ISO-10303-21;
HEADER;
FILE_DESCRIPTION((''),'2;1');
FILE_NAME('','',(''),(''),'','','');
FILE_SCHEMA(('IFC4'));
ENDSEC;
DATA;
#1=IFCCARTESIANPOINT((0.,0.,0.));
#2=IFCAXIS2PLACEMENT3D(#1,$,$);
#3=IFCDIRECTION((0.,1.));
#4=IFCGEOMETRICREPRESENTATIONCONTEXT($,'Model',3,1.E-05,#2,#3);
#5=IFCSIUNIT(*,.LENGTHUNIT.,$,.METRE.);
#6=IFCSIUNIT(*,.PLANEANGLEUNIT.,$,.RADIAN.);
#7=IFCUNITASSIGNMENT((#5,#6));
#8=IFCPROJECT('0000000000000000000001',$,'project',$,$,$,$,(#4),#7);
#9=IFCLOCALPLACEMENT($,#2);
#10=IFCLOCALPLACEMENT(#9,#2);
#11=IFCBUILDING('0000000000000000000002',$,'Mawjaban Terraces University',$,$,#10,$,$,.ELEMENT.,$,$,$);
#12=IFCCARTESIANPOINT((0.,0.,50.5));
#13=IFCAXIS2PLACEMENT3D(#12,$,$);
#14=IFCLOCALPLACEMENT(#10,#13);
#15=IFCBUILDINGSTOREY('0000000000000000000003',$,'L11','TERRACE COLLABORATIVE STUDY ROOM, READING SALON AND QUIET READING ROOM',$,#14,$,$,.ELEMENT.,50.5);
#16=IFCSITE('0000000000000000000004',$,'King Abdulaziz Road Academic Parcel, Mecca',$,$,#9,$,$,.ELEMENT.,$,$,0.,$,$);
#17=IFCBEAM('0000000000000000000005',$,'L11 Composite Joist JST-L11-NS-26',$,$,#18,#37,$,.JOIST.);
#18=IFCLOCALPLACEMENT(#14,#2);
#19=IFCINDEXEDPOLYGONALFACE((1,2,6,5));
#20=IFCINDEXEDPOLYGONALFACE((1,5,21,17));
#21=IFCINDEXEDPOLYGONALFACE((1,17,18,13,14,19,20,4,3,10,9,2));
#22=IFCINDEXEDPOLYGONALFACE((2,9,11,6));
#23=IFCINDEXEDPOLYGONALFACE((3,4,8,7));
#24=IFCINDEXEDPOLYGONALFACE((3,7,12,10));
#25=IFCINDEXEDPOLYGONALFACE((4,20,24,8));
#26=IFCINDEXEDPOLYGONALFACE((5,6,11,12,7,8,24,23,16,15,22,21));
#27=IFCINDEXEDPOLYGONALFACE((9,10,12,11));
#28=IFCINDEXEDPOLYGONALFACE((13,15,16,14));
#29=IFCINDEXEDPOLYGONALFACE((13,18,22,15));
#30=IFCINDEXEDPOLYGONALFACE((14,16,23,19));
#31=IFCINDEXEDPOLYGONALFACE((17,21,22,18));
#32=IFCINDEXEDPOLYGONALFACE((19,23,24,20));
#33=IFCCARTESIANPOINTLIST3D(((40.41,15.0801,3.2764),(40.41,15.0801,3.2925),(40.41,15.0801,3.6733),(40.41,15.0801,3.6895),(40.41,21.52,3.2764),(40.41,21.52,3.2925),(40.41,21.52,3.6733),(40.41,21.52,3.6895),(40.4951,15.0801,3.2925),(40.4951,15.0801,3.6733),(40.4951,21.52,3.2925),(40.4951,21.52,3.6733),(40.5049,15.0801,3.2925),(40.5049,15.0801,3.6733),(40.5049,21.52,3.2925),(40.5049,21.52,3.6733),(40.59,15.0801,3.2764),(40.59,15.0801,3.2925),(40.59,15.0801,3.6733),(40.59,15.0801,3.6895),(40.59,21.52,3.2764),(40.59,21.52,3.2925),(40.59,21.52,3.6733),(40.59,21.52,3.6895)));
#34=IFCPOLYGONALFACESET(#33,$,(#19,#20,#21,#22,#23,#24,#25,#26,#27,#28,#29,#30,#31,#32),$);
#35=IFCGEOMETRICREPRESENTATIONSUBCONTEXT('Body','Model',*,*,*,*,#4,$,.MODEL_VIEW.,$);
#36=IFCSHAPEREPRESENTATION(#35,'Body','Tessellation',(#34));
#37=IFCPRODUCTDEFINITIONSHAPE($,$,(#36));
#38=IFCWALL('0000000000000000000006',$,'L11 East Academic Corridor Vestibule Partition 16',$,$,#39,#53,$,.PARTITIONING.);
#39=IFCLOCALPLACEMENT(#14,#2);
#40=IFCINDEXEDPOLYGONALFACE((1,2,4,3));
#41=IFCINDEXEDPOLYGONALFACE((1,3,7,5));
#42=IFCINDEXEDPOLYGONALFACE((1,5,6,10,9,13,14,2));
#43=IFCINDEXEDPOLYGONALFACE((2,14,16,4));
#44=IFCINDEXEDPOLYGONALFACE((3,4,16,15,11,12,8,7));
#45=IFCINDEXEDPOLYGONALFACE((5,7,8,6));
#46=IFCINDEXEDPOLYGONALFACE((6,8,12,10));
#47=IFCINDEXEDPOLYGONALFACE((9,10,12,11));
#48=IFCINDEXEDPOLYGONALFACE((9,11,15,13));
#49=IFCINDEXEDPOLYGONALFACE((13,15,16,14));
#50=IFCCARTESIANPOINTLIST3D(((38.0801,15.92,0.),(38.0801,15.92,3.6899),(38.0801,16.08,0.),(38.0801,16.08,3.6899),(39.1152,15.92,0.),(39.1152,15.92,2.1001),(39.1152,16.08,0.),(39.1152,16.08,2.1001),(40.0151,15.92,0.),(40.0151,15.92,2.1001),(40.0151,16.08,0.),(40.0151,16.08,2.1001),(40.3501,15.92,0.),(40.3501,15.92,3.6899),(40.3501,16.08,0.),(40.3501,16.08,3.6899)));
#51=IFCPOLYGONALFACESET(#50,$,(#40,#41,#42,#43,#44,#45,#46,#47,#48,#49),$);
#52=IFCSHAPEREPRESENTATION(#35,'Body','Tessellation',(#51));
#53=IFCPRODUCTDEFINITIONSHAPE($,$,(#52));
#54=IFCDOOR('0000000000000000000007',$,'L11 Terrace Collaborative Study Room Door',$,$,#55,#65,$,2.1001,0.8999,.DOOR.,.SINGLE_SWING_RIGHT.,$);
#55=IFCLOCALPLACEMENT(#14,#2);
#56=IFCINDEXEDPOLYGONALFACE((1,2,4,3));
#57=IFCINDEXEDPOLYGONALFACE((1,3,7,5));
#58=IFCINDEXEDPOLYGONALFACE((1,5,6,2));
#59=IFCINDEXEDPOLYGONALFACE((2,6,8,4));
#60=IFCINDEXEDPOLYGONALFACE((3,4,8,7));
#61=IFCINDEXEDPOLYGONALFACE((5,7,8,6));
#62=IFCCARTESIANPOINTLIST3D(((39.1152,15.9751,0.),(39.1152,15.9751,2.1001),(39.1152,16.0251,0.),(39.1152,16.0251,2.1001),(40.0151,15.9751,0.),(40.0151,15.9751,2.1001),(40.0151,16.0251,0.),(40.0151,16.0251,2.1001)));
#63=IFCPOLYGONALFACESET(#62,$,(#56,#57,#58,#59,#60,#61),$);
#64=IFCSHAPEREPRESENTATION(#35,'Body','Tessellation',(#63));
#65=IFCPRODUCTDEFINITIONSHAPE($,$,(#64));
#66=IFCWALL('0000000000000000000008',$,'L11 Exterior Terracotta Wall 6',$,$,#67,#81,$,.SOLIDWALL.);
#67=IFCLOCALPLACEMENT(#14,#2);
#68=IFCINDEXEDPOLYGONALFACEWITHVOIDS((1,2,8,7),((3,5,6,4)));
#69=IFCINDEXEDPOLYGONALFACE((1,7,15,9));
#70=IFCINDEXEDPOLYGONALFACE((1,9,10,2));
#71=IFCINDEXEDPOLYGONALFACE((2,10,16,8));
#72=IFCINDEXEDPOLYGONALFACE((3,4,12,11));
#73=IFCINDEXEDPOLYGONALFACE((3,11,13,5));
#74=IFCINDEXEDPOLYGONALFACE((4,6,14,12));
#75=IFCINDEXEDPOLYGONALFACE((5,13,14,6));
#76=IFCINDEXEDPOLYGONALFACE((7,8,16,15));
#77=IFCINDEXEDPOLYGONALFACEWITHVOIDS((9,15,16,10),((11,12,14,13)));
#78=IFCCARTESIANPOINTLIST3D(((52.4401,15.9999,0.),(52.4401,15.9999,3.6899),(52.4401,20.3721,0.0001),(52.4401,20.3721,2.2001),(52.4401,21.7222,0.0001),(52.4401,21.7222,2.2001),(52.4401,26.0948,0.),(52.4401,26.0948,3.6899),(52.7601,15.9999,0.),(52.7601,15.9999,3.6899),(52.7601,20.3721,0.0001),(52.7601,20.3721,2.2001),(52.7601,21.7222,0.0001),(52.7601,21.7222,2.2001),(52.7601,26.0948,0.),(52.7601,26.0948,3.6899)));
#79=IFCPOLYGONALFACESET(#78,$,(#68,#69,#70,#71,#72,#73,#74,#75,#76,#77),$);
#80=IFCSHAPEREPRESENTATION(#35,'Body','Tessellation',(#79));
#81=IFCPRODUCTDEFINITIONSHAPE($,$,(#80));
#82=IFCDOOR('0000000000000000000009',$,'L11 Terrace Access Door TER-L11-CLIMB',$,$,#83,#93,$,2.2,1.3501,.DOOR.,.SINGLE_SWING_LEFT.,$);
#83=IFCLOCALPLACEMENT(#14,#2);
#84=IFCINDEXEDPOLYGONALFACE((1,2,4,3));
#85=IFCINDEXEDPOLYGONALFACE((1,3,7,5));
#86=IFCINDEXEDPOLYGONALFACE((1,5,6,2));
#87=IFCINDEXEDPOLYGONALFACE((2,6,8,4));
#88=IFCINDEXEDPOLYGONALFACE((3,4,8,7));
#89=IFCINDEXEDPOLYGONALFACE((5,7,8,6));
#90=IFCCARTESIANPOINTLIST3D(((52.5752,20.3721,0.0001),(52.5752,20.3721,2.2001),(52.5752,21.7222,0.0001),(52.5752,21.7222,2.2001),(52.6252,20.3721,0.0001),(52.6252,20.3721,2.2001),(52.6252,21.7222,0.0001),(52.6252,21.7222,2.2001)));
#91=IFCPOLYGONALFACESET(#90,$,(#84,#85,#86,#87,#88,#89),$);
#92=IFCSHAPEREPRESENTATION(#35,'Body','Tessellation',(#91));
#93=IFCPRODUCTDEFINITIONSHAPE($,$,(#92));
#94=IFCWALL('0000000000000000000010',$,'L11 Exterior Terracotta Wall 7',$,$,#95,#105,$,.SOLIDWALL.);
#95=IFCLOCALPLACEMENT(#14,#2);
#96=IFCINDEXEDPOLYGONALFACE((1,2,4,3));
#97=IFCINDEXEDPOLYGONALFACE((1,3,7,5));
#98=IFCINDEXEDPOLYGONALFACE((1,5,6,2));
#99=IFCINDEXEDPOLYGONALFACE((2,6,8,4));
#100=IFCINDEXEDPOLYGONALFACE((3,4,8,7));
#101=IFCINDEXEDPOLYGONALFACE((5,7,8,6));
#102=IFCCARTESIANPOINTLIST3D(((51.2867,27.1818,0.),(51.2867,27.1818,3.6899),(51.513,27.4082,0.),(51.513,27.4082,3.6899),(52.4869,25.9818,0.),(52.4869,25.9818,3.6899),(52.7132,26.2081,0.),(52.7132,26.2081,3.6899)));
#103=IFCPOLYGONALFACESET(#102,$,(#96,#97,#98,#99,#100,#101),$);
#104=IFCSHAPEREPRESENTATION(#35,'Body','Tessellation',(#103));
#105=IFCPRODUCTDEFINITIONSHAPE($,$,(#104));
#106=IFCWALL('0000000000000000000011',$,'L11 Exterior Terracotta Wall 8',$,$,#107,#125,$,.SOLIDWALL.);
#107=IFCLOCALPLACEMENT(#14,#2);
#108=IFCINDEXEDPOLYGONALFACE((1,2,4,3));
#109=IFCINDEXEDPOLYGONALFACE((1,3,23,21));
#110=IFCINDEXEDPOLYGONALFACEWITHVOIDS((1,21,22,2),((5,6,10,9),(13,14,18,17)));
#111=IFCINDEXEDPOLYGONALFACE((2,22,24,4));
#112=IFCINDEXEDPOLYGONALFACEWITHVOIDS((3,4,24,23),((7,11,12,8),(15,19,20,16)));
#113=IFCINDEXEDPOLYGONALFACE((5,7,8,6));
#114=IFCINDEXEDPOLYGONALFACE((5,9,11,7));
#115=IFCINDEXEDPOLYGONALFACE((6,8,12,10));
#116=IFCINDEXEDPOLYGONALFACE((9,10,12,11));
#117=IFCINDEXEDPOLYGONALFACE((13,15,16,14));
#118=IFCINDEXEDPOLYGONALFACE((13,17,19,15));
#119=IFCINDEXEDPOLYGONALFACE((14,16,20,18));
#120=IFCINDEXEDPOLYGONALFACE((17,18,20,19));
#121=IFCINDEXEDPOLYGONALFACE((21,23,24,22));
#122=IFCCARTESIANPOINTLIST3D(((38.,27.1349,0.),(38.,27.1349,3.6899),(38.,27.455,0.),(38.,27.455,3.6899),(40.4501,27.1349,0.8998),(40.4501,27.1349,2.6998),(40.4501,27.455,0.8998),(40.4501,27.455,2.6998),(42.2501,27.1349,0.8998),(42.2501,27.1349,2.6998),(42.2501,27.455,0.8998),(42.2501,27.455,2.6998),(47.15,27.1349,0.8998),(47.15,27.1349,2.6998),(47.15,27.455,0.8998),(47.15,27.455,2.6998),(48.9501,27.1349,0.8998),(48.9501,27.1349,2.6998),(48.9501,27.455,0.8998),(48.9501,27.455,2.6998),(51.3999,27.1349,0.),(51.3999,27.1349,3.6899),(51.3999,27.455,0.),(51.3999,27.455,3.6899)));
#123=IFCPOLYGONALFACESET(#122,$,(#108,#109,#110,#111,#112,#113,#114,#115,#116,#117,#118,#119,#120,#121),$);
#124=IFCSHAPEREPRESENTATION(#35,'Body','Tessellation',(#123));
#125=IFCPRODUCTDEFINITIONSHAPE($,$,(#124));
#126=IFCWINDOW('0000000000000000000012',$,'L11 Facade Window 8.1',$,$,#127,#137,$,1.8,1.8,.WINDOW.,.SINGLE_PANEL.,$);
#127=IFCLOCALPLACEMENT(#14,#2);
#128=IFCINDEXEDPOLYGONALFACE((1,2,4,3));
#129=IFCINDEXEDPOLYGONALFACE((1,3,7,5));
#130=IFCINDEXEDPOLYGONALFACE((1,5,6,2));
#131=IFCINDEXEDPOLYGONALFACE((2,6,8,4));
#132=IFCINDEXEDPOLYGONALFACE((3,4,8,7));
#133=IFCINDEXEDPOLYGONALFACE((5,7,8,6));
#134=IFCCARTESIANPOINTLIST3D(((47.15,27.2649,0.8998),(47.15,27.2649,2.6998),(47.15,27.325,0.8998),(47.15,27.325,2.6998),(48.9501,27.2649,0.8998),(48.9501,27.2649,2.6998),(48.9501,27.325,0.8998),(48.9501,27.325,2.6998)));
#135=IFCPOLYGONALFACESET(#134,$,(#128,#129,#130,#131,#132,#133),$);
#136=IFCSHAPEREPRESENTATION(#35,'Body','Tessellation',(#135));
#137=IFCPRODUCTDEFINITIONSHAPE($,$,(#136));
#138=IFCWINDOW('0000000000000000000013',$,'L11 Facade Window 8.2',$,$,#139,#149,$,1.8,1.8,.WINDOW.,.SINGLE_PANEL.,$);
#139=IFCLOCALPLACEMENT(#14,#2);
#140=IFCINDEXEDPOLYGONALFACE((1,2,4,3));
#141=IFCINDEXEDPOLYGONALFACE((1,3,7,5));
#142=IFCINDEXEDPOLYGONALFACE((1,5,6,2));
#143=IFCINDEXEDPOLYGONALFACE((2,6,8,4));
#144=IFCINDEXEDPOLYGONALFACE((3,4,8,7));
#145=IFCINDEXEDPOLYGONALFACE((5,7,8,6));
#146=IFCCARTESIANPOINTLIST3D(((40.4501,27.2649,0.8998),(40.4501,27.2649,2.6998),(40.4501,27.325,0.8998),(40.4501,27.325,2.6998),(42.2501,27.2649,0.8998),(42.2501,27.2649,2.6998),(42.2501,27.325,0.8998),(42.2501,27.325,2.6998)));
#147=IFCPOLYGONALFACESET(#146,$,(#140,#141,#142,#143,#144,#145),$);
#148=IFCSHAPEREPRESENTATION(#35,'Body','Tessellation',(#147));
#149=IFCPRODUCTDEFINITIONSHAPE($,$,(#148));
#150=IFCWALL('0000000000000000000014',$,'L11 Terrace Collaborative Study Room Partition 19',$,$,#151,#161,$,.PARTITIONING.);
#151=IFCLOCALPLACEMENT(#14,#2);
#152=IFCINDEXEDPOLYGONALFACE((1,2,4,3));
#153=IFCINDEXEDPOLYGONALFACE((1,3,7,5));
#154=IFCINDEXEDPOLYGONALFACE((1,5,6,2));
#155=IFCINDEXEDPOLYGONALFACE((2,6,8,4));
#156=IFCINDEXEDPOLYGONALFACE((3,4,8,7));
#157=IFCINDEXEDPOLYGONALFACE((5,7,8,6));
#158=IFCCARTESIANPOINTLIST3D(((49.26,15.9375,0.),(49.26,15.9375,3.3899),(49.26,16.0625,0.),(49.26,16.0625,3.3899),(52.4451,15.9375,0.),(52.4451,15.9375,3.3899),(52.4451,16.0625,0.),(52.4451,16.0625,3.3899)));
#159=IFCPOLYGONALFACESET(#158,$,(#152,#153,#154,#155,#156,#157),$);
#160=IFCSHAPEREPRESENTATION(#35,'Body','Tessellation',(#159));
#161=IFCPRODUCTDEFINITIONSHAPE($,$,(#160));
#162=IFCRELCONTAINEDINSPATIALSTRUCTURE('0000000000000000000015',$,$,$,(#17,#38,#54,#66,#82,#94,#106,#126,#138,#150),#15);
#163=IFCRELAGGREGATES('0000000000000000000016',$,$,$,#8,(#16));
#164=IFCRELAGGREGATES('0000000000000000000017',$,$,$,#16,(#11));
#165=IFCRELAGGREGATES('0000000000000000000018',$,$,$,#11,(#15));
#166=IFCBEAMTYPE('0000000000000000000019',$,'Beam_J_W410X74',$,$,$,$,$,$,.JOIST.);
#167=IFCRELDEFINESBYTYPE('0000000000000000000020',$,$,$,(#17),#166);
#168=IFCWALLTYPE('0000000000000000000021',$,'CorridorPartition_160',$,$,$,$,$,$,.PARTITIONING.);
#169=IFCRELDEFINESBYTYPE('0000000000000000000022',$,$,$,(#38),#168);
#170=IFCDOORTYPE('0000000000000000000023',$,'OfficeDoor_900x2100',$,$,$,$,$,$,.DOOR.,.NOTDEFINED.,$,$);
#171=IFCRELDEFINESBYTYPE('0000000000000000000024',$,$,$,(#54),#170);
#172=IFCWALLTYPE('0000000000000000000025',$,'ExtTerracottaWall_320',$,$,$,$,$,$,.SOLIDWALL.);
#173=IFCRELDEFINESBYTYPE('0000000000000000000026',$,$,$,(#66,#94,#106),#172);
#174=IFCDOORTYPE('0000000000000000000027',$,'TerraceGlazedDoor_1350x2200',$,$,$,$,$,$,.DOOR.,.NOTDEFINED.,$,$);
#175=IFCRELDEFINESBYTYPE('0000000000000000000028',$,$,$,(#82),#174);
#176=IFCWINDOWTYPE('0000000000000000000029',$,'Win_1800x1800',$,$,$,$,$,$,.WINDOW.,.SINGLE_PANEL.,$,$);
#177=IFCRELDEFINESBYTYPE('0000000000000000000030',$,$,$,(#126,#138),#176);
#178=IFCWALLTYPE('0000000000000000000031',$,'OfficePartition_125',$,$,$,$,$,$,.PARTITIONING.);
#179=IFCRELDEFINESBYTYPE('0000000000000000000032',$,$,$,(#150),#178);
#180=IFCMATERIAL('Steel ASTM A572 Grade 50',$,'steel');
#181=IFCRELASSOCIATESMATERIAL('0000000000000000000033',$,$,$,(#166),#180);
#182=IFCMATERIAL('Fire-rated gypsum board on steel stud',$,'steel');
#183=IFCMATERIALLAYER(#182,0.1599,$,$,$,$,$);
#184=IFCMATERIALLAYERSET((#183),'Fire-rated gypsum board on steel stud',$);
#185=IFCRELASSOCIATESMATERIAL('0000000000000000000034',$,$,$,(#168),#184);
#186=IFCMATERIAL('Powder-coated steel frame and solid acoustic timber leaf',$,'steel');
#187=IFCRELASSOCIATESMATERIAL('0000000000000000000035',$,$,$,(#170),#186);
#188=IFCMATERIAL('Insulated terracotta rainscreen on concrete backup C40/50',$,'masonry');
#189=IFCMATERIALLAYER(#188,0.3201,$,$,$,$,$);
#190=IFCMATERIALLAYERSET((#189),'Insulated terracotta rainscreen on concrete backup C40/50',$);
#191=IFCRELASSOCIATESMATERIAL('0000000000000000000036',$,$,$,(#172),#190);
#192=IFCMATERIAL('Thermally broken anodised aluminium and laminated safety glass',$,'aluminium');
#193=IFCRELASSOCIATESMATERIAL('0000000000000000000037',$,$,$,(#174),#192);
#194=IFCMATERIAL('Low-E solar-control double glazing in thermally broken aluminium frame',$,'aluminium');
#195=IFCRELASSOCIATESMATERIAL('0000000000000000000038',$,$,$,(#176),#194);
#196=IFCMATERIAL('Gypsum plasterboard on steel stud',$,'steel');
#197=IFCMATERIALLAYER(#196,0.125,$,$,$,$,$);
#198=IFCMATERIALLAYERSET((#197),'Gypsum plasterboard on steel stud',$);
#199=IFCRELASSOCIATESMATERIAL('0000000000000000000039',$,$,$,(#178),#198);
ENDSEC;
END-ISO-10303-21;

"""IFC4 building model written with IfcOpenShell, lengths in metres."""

from ifc_helpers import new_model, si_unit, direction, frame, frame_2d, origin, origin_2d, place, context, subcontext, project, spatial, rectangle, i_section, extrude, material, layer, layer_set, material_profile, profile_set, type_object, element, fill, save


model = new_model("IFC4")

# Units and contexts
model_context = context("Model", 3, precision=1e-05, world=origin(), true_north=direction((0.0, 1.0)))
body_context = subcontext(model_context, "Body", "Model", "MODEL_VIEW")
ifc_project = project(units=[si_unit("LENGTHUNIT", "METRE"), si_unit("PLANEANGLEUNIT", "RADIAN")], contexts=[model_context])

# Site, building, storey
site_placement = place(None, origin())
site = spatial("IfcSite", under=ifc_project, at=site_placement, Name="King Abdulaziz Road Academic Parcel, Mecca", CompositionType="ELEMENT", RefElevation=0.0)
building_placement = place(site_placement, origin())
building = spatial("IfcBuilding", under=site, at=building_placement, Name="Mawjaban Terraces University", CompositionType="ELEMENT")
storey_placement = place(building_placement, frame((0.0, 0.0, 50.5)))
storey = spatial("IfcBuildingStorey", under=building, at=storey_placement, Name="L11", Description="TERRACE COLLABORATIVE STUDY ROOM, READING SALON AND QUIET READING ROOM", CompositionType="ELEMENT", Elevation=50.5)

# Beam
ifc_material_1 = material(Name="Steel ASTM A572 Grade 50", Category="steel")
ifc_material_profile_1 = material_profile(ifc_material_1, i_section(OverallWidth=0.1799, OverallDepth=0.4131, WebThickness=0.0098, FlangeThickness=0.0161, at=origin_2d()), Name="W410X74")
ifc_profile_set_1 = profile_set([ifc_material_profile_1], Name="Steel ASTM A572 Grade 50")
beam_type_1 = type_object("IfcBeamType", Name="Beam_J_W410X74", PredefinedType="JOIST", material=ifc_profile_set_1)
beam_1_placement = place(storey_placement, frame((40.5, 15.0801, 3.4829), z_axis=(0.0, 1.0, 0.0), x_axis=(-1.0, 0.0, 0.0)))
element("IfcBeam", 1, at=beam_1_placement, inside=storey, type_object=beam_type_1, Name="L11 Composite Joist JST-L11-NS-26", PredefinedType="JOIST", context=body_context, shape_type="SweptSolid", body=[
    extrude(i_section(OverallWidth=0.1799, OverallDepth=0.4131, WebThickness=0.0098, FlangeThickness=0.0161, at=origin_2d()), origin(), (0.0, 0.0, 1.0), 6.4399),
])

# Walls, openings, doors
ifc_material_2 = material(Name="Fire-rated gypsum board on steel stud", Category="steel")
ifc_layer_1 = layer(ifc_material_2, 0.1599)
ifc_layer_set_1 = layer_set([ifc_layer_1], Name="Fire-rated gypsum board on steel stud")
wall_type_1 = type_object("IfcWallType", Name="CorridorPartition_160", PredefinedType="PARTITIONING", material=ifc_layer_set_1)
wall_1_placement = place(storey_placement, frame((40.3501, 16.0, 0.0), z_axis=(0.0, 0.0, 1.0), x_axis=(-1.0, 0.0, 0.0)))
wall_1 = element("IfcWall", 2, at=wall_1_placement, inside=storey, type_object=wall_type_1, Name="L11 East Academic Corridor Vestibule Partition 16", PredefinedType="PARTITIONING", context=body_context, shape_type="SweptSolid", body=[
    extrude(rectangle(XDim=2.27, YDim=0.1599, at=frame_2d((1.135, 0.0))), origin(), (0.0, 0.0, 1.0), 3.6899),
])
opening_1_placement = place(wall_1_placement, frame((0.335, 0.0, 0.0)))
opening_1 = element("IfcOpeningElement", 3, at=opening_1_placement, cuts=wall_1, PredefinedType="OPENING", context=body_context, shape_type="SweptSolid", body=[
    extrude(rectangle(XDim=0.8999, YDim=2.1001, at=frame_2d((0.45, 1.05))), frame((0.0, 0.0898, 0.0), z_axis=(0.0, -1.0, 0.0), x_axis=(1.0, 0.0, 0.0)), (0.0, 0.0, 1.0), 0.1799),
])
ifc_material_3 = material(Name="Powder-coated steel frame and solid acoustic timber leaf", Category="steel")
door_type_1 = type_object("IfcDoorType", Name="OfficeDoor_900x2100", OperationType="NOTDEFINED", PredefinedType="DOOR", material=ifc_material_3)
door_1_placement = place(opening_1_placement, origin())
door_1 = element("IfcDoor", 4, at=door_1_placement, inside=storey, type_object=door_type_1, Name="L11 Terrace Collaborative Study Room Door", OperationType="SINGLE_SWING_RIGHT", OverallHeight=2.1001, OverallWidth=0.8999, PredefinedType="DOOR", context=body_context, shape_type="SweptSolid", body=[
    extrude(rectangle(XDim=0.8999, YDim=2.1001, at=frame_2d((0.45, 1.05))), frame((0.0, 0.0249, 0.0), z_axis=(0.0, -1.0, 0.0), x_axis=(1.0, 0.0, 0.0)), (0.0, 0.0, 1.0), 0.05),
])
fill(opening_1, door_1)
ifc_material_4 = material(Name="Insulated terracotta rainscreen on concrete backup C40/50", Category="masonry")
ifc_layer_2 = layer(ifc_material_4, 0.3201)
ifc_layer_set_2 = layer_set([ifc_layer_2], Name="Insulated terracotta rainscreen on concrete backup C40/50")
wall_type_2 = type_object("IfcWallType", Name="ExtTerracottaWall_320", PredefinedType="SOLIDWALL", material=ifc_layer_set_2)
wall_2_placement = place(storey_placement, frame((52.6001, 16.0, 0.0), z_axis=(0.0, 0.0, 1.0), x_axis=(0.0, 1.0, 0.0)))
wall_2 = element("IfcWall", 5, at=wall_2_placement, inside=storey, type_object=wall_type_2, Name="L11 Exterior Terracotta Wall 6", PredefinedType="SOLIDWALL", context=body_context, shape_type="SweptSolid", body=[
    extrude(rectangle(XDim=10.095, YDim=0.3201, at=frame_2d((5.0474, 0.0))), origin(), (0.0, 0.0, 1.0), 3.6899),
])
opening_2_placement = place(wall_2_placement, frame((4.3721, 0.0, 0.0)))
opening_2 = element("IfcOpeningElement", 6, at=opening_2_placement, cuts=wall_2, PredefinedType="OPENING", context=body_context, shape_type="SweptSolid", body=[
    extrude(rectangle(XDim=1.3501, YDim=2.2, at=frame_2d((0.675, 1.1001))), frame((0.0, 0.1699, 0.0), z_axis=(0.0, -1.0, 0.0), x_axis=(1.0, 0.0, 0.0)), (0.0, 0.0, 1.0), 0.3401),
])
ifc_material_5 = material(Name="Thermally broken anodised aluminium and laminated safety glass", Category="aluminium")
door_type_2 = type_object("IfcDoorType", Name="TerraceGlazedDoor_1350x2200", OperationType="NOTDEFINED", PredefinedType="DOOR", material=ifc_material_5)
door_2_placement = place(opening_2_placement, origin())
door_2 = element("IfcDoor", 7, at=door_2_placement, inside=storey, type_object=door_type_2, Name="L11 Terrace Access Door TER-L11-CLIMB", OperationType="SINGLE_SWING_LEFT", OverallHeight=2.2, OverallWidth=1.3501, PredefinedType="DOOR", context=body_context, shape_type="SweptSolid", body=[
    extrude(rectangle(XDim=1.3501, YDim=2.2, at=frame_2d((0.675, 1.1001))), frame((0.0, 0.0249, 0.0), z_axis=(0.0, -1.0, 0.0), x_axis=(1.0, 0.0, 0.0)), (0.0, 0.0, 1.0), 0.05),
])
fill(opening_2, door_2)

# Wall
wall_3_placement = place(storey_placement, frame((52.6001, 26.095, 0.0), z_axis=(0.0, 0.0, 1.0), x_axis=(-0.707179, 0.707035, 0.0)))
element("IfcWall", 8, at=wall_3_placement, inside=storey, type_object=wall_type_2, Name="L11 Exterior Terracotta Wall 7", PredefinedType="SOLIDWALL", context=body_context, shape_type="SweptSolid", body=[
    extrude(rectangle(XDim=1.6973, YDim=0.3201, at=frame_2d((0.8486, 0.0))), origin(), (0.0, 0.0, 1.0), 3.6899),
])

# Wall, openings, windows
wall_4_placement = place(storey_placement, frame((51.3999, 27.2949, 0.0), z_axis=(0.0, 0.0, 1.0), x_axis=(-1.0, 0.0, 0.0)))
wall_4 = element("IfcWall", 9, at=wall_4_placement, inside=storey, type_object=wall_type_2, Name="L11 Exterior Terracotta Wall 8", PredefinedType="SOLIDWALL", context=body_context, shape_type="SweptSolid", body=[
    extrude(rectangle(XDim=13.3999, YDim=0.3201, at=frame_2d((6.7, 0.0))), origin(), (0.0, 0.0, 1.0), 3.6899),
])
opening_3_placement = place(wall_4_placement, frame((2.45, 0.0, 0.8999)))
opening_3 = element("IfcOpeningElement", 10, at=opening_3_placement, cuts=wall_4, PredefinedType="OPENING", context=body_context, shape_type="SweptSolid", body=[
    extrude(rectangle(XDim=1.8, YDim=1.8, at=frame_2d((0.8999, 0.8999))), frame((0.0, 0.1699, 0.0), z_axis=(0.0, -1.0, 0.0), x_axis=(1.0, 0.0, 0.0)), (0.0, 0.0, 1.0), 0.3401),
])
opening_4_placement = place(wall_4_placement, frame((9.1499, 0.0, 0.8999)))
opening_4 = element("IfcOpeningElement", 11, at=opening_4_placement, cuts=wall_4, PredefinedType="OPENING", context=body_context, shape_type="SweptSolid", body=[
    extrude(rectangle(XDim=1.8, YDim=1.8, at=frame_2d((0.8999, 0.8999))), frame((0.0, 0.1699, 0.0), z_axis=(0.0, -1.0, 0.0), x_axis=(1.0, 0.0, 0.0)), (0.0, 0.0, 1.0), 0.3401),
])
ifc_material_6 = material(Name="Low-E solar-control double glazing in thermally broken aluminium frame", Category="aluminium")
window_type = type_object("IfcWindowType", Name="Win_1800x1800", PartitioningType="SINGLE_PANEL", PredefinedType="WINDOW", material=ifc_material_6)
window_1_placement = place(opening_3_placement, origin())
window_1 = element("IfcWindow", 12, at=window_1_placement, inside=storey, type_object=window_type, Name="L11 Facade Window 8.1", OverallHeight=1.8, OverallWidth=1.8, PartitioningType="SINGLE_PANEL", PredefinedType="WINDOW", context=body_context, shape_type="SweptSolid", body=[
    extrude(rectangle(XDim=1.8, YDim=1.8, at=frame_2d((0.8999, 0.8999))), frame((0.0, 0.03, 0.0), z_axis=(0.0, -1.0, 0.0), x_axis=(1.0, 0.0, 0.0)), (0.0, 0.0, 1.0), 0.0601),
])
fill(opening_3, window_1)
window_2_placement = place(opening_4_placement, origin())
window_2 = element("IfcWindow", 13, at=window_2_placement, inside=storey, type_object=window_type, Name="L11 Facade Window 8.2", OverallHeight=1.8, OverallWidth=1.8, PartitioningType="SINGLE_PANEL", PredefinedType="WINDOW", context=body_context, shape_type="SweptSolid", body=[
    extrude(rectangle(XDim=1.8, YDim=1.8, at=frame_2d((0.8999, 0.8999))), frame((0.0, 0.03, 0.0), z_axis=(0.0, -1.0, 0.0), x_axis=(1.0, 0.0, 0.0)), (0.0, 0.0, 1.0), 0.0601),
])
fill(opening_4, window_2)

# Wall
ifc_material_7 = material(Name="Gypsum plasterboard on steel stud", Category="steel")
ifc_layer_3 = layer(ifc_material_7, 0.125)
ifc_layer_set_3 = layer_set([ifc_layer_3], Name="Gypsum plasterboard on steel stud")
wall_type_3 = type_object("IfcWallType", Name="OfficePartition_125", PredefinedType="PARTITIONING", material=ifc_layer_set_3)
wall_5_placement = place(storey_placement, frame((49.26, 16.0, 0.0), z_axis=(0.0, 0.0, 1.0), x_axis=(1.0, 0.0, 0.0)))
element("IfcWall", 14, at=wall_5_placement, inside=storey, type_object=wall_type_3, Name="L11 Terrace Collaborative Study Room Partition 19", PredefinedType="PARTITIONING", context=body_context, shape_type="SweptSolid", body=[
    extrude(rectangle(XDim=3.1851, YDim=0.125, at=frame_2d((1.5925, 0.0))), origin(), (0.0, 0.0, 1.0), 3.3899),
])

save(model, "model.ifc")
